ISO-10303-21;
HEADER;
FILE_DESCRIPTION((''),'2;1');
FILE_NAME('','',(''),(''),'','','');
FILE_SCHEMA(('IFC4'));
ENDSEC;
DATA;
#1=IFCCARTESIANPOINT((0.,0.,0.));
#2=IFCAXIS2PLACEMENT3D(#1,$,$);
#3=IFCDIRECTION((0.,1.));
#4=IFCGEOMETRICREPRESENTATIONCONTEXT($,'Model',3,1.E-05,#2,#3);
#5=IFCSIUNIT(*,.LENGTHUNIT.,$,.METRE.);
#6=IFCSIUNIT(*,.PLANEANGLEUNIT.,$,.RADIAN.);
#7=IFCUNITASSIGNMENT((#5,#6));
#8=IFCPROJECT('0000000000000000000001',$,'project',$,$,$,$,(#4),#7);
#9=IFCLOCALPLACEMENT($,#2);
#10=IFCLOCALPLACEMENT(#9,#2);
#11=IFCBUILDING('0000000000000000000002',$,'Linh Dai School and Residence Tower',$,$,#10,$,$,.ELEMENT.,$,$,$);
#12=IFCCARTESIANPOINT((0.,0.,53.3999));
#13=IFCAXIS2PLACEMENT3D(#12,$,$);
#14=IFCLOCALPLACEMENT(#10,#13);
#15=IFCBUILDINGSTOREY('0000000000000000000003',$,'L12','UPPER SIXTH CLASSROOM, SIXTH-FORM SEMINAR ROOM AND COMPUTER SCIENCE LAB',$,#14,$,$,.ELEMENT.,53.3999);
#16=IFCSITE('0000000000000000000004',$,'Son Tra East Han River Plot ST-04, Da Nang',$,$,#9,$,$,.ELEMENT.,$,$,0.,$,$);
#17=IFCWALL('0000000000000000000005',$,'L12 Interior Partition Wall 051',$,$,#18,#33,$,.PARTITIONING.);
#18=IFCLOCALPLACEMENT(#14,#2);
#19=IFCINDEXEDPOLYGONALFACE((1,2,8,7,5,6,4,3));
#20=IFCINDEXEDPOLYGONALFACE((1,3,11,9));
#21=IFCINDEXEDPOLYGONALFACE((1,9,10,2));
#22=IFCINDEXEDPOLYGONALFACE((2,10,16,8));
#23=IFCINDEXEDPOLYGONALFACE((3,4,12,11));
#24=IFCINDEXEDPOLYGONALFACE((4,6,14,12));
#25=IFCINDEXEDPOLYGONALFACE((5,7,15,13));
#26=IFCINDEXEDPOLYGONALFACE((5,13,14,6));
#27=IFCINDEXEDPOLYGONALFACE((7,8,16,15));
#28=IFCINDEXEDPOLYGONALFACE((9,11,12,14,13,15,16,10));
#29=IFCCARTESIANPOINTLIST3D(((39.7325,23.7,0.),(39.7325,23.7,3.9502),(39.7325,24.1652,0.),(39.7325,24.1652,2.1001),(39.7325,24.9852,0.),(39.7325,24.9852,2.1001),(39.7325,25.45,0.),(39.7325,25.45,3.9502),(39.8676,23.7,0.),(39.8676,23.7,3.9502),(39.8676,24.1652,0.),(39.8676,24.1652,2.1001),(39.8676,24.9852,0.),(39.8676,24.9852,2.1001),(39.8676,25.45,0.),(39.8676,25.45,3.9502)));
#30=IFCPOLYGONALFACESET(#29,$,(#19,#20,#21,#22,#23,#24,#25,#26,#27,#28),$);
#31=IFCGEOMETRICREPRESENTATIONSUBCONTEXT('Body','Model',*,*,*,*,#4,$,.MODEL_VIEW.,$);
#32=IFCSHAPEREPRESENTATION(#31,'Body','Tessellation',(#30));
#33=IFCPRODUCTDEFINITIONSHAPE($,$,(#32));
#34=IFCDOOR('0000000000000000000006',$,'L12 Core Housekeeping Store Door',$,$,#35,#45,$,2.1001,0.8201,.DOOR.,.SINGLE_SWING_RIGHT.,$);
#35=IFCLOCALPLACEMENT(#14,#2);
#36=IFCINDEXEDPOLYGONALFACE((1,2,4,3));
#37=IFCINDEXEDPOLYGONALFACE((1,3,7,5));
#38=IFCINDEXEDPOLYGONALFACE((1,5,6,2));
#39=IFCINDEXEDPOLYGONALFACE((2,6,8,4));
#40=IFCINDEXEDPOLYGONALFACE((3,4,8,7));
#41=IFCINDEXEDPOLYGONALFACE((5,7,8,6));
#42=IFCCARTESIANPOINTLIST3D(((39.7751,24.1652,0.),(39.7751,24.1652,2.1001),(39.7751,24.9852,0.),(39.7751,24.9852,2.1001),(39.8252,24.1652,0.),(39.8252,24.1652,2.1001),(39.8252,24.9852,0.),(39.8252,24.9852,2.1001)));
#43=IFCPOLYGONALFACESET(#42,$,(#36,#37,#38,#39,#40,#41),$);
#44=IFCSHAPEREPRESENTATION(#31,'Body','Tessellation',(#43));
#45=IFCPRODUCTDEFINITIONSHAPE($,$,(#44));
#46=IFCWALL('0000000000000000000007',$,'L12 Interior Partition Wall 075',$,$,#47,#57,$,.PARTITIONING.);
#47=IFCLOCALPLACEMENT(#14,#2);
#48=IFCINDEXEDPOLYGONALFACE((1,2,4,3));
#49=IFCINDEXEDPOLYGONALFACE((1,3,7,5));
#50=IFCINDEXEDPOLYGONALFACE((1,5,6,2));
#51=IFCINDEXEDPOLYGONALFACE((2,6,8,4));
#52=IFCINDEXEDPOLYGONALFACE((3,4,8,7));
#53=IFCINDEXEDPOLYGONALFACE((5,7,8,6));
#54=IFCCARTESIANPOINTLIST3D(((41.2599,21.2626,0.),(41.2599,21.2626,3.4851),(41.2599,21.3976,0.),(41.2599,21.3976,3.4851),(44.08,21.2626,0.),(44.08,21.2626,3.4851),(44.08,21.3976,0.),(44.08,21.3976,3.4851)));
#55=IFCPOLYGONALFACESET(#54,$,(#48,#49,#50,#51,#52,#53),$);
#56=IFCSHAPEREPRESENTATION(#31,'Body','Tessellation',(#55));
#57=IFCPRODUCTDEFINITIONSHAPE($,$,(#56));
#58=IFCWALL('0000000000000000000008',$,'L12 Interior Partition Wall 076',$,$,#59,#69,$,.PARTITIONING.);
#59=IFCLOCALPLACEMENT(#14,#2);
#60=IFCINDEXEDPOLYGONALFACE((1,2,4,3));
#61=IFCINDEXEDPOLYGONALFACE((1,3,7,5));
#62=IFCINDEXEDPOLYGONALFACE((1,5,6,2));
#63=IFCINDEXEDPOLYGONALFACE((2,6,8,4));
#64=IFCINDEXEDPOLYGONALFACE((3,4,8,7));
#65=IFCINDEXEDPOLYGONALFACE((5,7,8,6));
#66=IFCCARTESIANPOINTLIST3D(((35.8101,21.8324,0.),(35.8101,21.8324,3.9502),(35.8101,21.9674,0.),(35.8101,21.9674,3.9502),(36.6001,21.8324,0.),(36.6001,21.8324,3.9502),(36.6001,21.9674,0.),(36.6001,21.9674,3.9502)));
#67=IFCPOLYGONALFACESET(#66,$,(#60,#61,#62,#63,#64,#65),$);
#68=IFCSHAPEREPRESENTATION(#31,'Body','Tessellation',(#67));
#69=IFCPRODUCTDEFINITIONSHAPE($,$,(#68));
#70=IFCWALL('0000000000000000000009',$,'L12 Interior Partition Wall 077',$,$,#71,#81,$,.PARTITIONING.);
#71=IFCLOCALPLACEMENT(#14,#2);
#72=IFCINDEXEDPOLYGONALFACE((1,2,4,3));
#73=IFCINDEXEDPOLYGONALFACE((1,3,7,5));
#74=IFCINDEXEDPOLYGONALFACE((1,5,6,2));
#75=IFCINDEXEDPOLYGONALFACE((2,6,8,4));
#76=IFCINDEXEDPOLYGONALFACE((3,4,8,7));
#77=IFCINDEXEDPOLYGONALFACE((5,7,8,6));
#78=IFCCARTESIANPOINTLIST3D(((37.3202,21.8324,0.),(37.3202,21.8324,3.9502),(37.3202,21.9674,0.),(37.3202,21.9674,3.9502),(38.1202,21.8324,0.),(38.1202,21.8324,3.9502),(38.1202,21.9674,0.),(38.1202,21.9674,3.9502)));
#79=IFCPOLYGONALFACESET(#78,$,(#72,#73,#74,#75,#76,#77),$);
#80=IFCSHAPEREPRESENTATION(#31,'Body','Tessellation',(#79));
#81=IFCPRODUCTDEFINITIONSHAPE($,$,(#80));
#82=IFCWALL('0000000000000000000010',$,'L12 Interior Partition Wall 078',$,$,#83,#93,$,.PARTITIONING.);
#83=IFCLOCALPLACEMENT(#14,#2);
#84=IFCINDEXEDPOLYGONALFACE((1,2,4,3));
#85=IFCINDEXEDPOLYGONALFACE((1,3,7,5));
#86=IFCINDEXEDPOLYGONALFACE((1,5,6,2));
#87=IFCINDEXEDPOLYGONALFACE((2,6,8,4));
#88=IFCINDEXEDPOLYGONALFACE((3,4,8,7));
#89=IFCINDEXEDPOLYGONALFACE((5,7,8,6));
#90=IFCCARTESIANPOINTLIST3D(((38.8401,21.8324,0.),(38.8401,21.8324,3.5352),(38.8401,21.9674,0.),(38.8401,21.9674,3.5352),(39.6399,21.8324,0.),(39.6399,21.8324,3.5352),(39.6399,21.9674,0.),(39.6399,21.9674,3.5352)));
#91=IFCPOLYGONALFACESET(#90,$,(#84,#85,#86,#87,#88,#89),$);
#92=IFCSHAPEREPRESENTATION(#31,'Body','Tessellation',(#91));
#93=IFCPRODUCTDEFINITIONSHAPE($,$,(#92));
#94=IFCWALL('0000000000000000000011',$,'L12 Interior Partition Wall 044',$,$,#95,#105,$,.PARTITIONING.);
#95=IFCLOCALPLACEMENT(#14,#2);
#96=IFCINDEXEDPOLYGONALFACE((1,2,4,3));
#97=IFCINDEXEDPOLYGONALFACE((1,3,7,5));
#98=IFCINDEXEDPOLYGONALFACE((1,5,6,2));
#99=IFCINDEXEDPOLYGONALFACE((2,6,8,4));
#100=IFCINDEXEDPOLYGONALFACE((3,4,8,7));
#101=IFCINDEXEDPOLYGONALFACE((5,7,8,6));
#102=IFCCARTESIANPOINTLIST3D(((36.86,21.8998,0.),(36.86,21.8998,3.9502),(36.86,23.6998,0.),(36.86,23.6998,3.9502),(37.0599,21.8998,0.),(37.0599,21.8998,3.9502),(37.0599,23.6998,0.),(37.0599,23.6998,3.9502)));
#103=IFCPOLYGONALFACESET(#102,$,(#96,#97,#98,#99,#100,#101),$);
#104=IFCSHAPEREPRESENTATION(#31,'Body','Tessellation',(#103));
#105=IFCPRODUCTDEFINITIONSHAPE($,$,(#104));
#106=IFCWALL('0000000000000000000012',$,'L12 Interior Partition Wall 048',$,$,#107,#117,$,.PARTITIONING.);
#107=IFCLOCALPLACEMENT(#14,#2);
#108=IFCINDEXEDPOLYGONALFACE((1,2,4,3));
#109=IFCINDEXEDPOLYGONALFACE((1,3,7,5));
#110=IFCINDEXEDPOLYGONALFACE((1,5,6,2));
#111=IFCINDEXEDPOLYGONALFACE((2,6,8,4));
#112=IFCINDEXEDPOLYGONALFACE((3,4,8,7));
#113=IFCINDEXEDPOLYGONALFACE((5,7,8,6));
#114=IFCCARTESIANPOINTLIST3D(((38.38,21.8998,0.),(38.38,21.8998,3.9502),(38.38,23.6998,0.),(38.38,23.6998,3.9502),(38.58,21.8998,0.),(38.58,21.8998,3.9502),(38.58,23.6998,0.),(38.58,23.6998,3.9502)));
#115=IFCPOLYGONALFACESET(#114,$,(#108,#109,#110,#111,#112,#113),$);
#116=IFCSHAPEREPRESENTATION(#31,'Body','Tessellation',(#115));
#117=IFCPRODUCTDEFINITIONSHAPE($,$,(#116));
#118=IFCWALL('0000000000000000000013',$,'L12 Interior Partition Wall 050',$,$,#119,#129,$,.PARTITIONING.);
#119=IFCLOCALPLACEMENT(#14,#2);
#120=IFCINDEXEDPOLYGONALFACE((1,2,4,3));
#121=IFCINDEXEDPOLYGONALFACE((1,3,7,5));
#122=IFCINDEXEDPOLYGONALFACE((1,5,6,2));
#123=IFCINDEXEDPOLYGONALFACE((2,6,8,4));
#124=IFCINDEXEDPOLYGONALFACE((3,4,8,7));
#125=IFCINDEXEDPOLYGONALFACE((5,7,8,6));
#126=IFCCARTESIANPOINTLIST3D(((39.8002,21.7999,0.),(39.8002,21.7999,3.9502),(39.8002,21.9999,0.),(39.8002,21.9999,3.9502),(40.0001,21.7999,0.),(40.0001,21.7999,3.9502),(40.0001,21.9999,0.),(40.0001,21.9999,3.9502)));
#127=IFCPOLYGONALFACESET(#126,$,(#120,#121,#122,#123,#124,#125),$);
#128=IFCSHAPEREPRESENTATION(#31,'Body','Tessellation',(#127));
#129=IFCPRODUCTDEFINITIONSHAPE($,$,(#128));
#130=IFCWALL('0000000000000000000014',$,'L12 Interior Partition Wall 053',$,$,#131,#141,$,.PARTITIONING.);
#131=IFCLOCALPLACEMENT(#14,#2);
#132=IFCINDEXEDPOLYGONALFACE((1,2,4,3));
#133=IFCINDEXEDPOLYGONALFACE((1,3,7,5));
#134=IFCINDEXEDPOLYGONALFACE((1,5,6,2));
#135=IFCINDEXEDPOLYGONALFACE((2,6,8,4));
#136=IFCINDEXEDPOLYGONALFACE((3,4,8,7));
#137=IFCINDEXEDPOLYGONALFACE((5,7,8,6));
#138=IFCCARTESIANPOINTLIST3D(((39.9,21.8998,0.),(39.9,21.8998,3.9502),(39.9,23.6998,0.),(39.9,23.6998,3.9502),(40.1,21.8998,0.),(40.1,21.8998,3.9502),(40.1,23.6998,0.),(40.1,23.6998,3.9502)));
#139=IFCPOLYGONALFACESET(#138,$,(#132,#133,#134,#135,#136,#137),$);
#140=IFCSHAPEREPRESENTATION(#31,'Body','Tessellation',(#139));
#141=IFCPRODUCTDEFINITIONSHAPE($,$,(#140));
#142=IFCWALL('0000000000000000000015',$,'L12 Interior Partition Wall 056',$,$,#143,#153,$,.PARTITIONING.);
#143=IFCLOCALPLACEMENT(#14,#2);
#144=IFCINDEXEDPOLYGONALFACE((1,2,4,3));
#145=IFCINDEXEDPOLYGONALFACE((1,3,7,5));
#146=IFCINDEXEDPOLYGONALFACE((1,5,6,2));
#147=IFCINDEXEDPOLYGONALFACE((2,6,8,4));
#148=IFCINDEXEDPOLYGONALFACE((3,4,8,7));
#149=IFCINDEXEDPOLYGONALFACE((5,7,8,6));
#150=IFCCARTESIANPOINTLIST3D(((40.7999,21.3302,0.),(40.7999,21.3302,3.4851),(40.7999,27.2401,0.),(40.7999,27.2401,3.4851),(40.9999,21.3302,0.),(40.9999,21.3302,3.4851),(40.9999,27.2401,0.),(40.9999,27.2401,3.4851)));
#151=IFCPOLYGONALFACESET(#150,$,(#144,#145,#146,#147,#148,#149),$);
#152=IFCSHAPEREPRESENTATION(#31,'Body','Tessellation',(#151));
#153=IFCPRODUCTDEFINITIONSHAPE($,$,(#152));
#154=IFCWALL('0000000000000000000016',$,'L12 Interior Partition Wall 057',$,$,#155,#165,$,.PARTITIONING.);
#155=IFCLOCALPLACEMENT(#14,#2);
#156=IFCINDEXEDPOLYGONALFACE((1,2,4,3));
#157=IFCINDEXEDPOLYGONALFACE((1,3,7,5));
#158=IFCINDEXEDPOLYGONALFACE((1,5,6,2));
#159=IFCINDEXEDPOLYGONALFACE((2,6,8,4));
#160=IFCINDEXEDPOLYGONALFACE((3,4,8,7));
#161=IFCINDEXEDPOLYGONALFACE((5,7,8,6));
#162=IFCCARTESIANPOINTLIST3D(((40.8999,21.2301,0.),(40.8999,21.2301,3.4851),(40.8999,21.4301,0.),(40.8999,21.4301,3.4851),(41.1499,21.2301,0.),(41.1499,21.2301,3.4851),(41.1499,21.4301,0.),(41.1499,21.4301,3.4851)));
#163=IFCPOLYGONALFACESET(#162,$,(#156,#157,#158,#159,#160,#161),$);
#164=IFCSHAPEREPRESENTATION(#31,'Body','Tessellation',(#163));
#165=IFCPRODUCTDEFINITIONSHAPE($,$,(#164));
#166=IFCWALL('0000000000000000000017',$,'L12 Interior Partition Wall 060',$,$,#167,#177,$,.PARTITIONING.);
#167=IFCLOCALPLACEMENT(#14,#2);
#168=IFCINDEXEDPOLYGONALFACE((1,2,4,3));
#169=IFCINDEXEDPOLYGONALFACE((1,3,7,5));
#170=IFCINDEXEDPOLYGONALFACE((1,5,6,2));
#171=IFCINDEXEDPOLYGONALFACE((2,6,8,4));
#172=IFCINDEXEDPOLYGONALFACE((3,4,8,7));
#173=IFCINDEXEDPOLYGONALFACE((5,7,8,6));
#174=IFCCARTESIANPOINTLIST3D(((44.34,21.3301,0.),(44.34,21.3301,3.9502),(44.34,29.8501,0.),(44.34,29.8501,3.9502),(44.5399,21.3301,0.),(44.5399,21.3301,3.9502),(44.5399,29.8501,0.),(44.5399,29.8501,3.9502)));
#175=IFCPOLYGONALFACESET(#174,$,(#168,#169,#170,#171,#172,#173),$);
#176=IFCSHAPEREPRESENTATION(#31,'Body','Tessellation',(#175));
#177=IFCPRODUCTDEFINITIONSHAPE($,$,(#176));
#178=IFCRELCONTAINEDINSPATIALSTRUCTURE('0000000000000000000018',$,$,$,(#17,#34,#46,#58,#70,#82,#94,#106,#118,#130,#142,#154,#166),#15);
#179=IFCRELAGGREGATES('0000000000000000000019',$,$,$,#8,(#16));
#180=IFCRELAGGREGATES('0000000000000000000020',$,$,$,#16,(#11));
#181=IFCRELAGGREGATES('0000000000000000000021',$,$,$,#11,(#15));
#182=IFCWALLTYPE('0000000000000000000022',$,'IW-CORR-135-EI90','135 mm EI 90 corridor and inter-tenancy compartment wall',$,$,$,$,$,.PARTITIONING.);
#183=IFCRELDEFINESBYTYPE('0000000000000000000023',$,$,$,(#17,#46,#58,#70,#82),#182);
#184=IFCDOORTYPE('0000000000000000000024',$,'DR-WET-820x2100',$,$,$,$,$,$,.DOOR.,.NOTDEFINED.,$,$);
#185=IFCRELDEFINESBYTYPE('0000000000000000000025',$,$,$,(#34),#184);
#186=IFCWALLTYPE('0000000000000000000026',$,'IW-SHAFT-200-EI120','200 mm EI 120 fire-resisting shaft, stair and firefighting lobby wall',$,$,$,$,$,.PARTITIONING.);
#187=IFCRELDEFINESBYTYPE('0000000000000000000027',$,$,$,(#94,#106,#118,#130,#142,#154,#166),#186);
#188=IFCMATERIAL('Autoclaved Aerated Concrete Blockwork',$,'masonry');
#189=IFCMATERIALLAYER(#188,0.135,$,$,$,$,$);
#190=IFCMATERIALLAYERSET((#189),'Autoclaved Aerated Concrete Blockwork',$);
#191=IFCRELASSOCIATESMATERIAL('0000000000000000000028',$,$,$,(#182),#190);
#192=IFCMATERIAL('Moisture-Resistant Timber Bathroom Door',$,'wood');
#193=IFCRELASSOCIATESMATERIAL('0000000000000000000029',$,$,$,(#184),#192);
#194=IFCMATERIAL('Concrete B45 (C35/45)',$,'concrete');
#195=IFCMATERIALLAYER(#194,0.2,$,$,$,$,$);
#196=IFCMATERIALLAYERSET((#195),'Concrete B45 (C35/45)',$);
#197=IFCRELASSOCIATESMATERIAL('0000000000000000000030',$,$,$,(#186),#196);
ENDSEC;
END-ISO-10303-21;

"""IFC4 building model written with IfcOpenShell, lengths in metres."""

from ifc_helpers import new_model, si_unit, direction, frame, frame_2d, origin, origin_2d, place, context, subcontext, project, spatial, rectangle, extrude, source, transform, mapped, material, layer, layer_set, type_object, element, fill, save


model = new_model("IFC4")

# Units and contexts
model_context = context("Model", 3, precision=1e-05, world=origin(), true_north=direction((0.0, 1.0)))
body_context = subcontext(model_context, "Body", "Model", "MODEL_VIEW")
ifc_project = project(units=[si_unit("LENGTHUNIT", "METRE"), si_unit("PLANEANGLEUNIT", "RADIAN")], contexts=[model_context])

# Site, building, storey
site_placement = place(None, origin())
site = spatial("IfcSite", under=ifc_project, at=site_placement, Name="Son Tra East Han River Plot ST-04, Da Nang", CompositionType="ELEMENT", RefElevation=0.0)
building_placement = place(site_placement, origin())
building = spatial("IfcBuilding", under=site, at=building_placement, Name="Linh Dai School and Residence Tower", CompositionType="ELEMENT")
storey_placement = place(building_placement, frame((0.0, 0.0, 53.3999)))
storey = spatial("IfcBuildingStorey", under=building, at=storey_placement, Name="L12", Description="UPPER SIXTH CLASSROOM, SIXTH-FORM SEMINAR ROOM AND COMPUTER SCIENCE LAB", CompositionType="ELEMENT", Elevation=53.3999)

# Wall, opening, door
ifc_material_1 = material(Name="Autoclaved Aerated Concrete Blockwork", Category="masonry")
ifc_layer_1 = layer(ifc_material_1, 0.135)
ifc_layer_set_1 = layer_set([ifc_layer_1], Name="Autoclaved Aerated Concrete Blockwork")
wall_type_1 = type_object("IfcWallType", Name="IW-CORR-135-EI90", Description="135 mm EI 90 corridor and inter-tenancy compartment wall", PredefinedType="PARTITIONING", material=ifc_layer_set_1)
wall_1_placement = place(storey_placement, frame((39.8, 23.7, 0.0), z_axis=(0.0, 0.0, 1.0), x_axis=(0.0, 1.0, 0.0)))
wall_1 = element("IfcWall", 1, at=wall_1_placement, inside=storey, type_object=wall_type_1, Name="L12 Interior Partition Wall 051", PredefinedType="PARTITIONING", context=body_context, shape_type="SweptSolid", body=[
    extrude(rectangle(XDim=1.75, YDim=0.135, at=frame_2d((0.875, 0.0))), origin(), (0.0, 0.0, 1.0), 3.9502),
])
opening_placement = place(wall_1_placement, frame((0.4651, 0.0, 0.0)))
opening = element("IfcOpeningElement", 2, at=opening_placement, cuts=wall_1, PredefinedType="OPENING", context=body_context, shape_type="SweptSolid", body=[
    extrude(rectangle(XDim=0.8201, YDim=2.1001, at=origin_2d()), frame((0.4102, 0.0776, 1.05), z_axis=(0.0, -1.0, 0.0), x_axis=(1.0, 0.0, 0.0)), (0.0, 0.0, 1.0), 0.155),
])
ifc_material_2 = material(Name="Moisture-Resistant Timber Bathroom Door", Category="wood")
door_type = type_object("IfcDoorType", Name="DR-WET-820x2100", OperationType="NOTDEFINED", PredefinedType="DOOR", material=ifc_material_2)
shared_shape_1 = source(origin(), body_context, "Body", "SweptSolid", [
    extrude(rectangle(XDim=0.8201, YDim=2.1001, at=origin_2d()), frame((0.4102, 0.0249, 1.05), z_axis=(0.0, -1.0, 0.0), x_axis=(1.0, 0.0, 0.0)), (0.0, 0.0, 1.0), 0.05),
])
door_placement = place(opening_placement, origin())
door = element("IfcDoor", 3, at=door_placement, inside=storey, type_object=door_type, Name="L12 Core Housekeeping Store Door", OperationType="SINGLE_SWING_RIGHT", OverallHeight=2.1001, OverallWidth=0.8201, PredefinedType="DOOR", context=body_context, shape_type="MappedRepresentation", body=[
    mapped(shared_shape_1, transform((0.0, 0.0, 0.0), x_axis=(1.0, 0.0, 0.0), y_axis=(0.0, 1.0, 0.0), z_axis=(0.0, 0.0, 1.0), scale=1.0)),
])
fill(opening, door)

# Walls
wall_2_placement = place(storey_placement, frame((44.0801, 21.3301, 0.0), z_axis=(0.0, 0.0, 1.0), x_axis=(-1.0, 0.0, 0.0)))
element("IfcWall", 4, at=wall_2_placement, inside=storey, type_object=wall_type_1, Name="L12 Interior Partition Wall 075", PredefinedType="PARTITIONING", context=body_context, shape_type="SweptSolid", body=[
    extrude(rectangle(XDim=2.8201, YDim=0.135, at=frame_2d((1.4102, 0.0))), origin(), (0.0, 0.0, 1.0), 3.4851),
])
wall_3_placement = place(storey_placement, frame((36.6001, 21.8999, 0.0), z_axis=(0.0, 0.0, 1.0), x_axis=(-1.0, 0.0, 0.0)))
element("IfcWall", 5, at=wall_3_placement, inside=storey, type_object=wall_type_1, Name="L12 Interior Partition Wall 076", PredefinedType="PARTITIONING", context=body_context, shape_type="SweptSolid", body=[
    extrude(rectangle(XDim=0.79, YDim=0.135, at=frame_2d((0.395, 0.0))), origin(), (0.0, 0.0, 1.0), 3.9502),
])
wall_4_placement = place(storey_placement, frame((38.1201, 21.8999, 0.0), z_axis=(0.0, 0.0, 1.0), x_axis=(-1.0, 0.0, 0.0)))
element("IfcWall", 6, at=wall_4_placement, inside=storey, type_object=wall_type_1, Name="L12 Interior Partition Wall 077", PredefinedType="PARTITIONING", context=body_context, shape_type="SweptSolid", body=[
    extrude(rectangle(XDim=0.8, YDim=0.135, at=frame_2d((0.3999, 0.0))), origin(), (0.0, 0.0, 1.0), 3.9502),
])
wall_5_placement = place(storey_placement, frame((39.6399, 21.8999, 0.0), z_axis=(0.0, 0.0, 1.0), x_axis=(-1.0, 0.0, 0.0)))
element("IfcWall", 7, at=wall_5_placement, inside=storey, type_object=wall_type_1, Name="L12 Interior Partition Wall 078", PredefinedType="PARTITIONING", context=body_context, shape_type="SweptSolid", body=[
    extrude(rectangle(XDim=0.7998, YDim=0.135, at=frame_2d((0.3999, 0.0))), origin(), (0.0, 0.0, 1.0), 3.5352),
])
ifc_material_3 = material(Name="Concrete B45 (C35/45)", Category="concrete")
ifc_layer_2 = layer(ifc_material_3, 0.2)
ifc_layer_set_2 = layer_set([ifc_layer_2], Name="Concrete B45 (C35/45)")
wall_type_2 = type_object("IfcWallType", Name="IW-SHAFT-200-EI120", Description="200 mm EI 120 fire-resisting shaft, stair and firefighting lobby wall", PredefinedType="PARTITIONING", material=ifc_layer_set_2)
for number, where, z_axis, x_axis, name in (
    (8, (36.96, 21.8999, 0.0), (0.0, 0.0, 1.0), (0.0, 1.0, 0.0), "L12 Interior Partition Wall 044"),
    (9, (38.48, 21.8999, 0.0), (0.0, 0.0, 1.0), (0.0, 1.0, 0.0), "L12 Interior Partition Wall 048"),
):
    element("IfcWall", number, at=place(storey_placement, frame(where, z_axis=z_axis, x_axis=x_axis)), inside=storey, type_object=wall_type_2, Name=name, PredefinedType="PARTITIONING", context=body_context, shape_type="SweptSolid", body=[
        extrude(rectangle(XDim=1.8, YDim=0.2, at=frame_2d((0.8999, 0.0))), origin(), (0.0, 0.0, 1.0), 3.9502),
    ])
wall_6_placement = place(storey_placement, frame((39.8, 21.8999, 0.0), z_axis=(0.0, 0.0, 1.0), x_axis=(1.0, 0.0, 0.0)))
element("IfcWall", 10, at=wall_6_placement, inside=storey, type_object=wall_type_2, Name="L12 Interior Partition Wall 050", PredefinedType="PARTITIONING", context=body_context, shape_type="SweptSolid", body=[
    extrude(rectangle(XDim=0.2, YDim=0.2, at=frame_2d((0.1001, 0.0))), origin(), (0.0, 0.0, 1.0), 3.9502),
])
wall_7_placement = place(storey_placement, frame((40.0, 21.8999, 0.0), z_axis=(0.0, 0.0, 1.0), x_axis=(0.0, 1.0, 0.0)))
element("IfcWall", 11, at=wall_7_placement, inside=storey, type_object=wall_type_2, Name="L12 Interior Partition Wall 053", PredefinedType="PARTITIONING", context=body_context, shape_type="SweptSolid", body=[
    extrude(rectangle(XDim=1.8, YDim=0.2, at=frame_2d((0.8999, 0.0))), origin(), (0.0, 0.0, 1.0), 3.9502),
])
wall_8_placement = place(storey_placement, frame((40.8999, 21.3301, 0.0), z_axis=(0.0, 0.0, 1.0), x_axis=(0.0, 1.0, 0.0)))
element("IfcWall", 12, at=wall_8_placement, inside=storey, type_object=wall_type_2, Name="L12 Interior Partition Wall 056", PredefinedType="PARTITIONING", context=body_context, shape_type="SweptSolid", body=[
    extrude(rectangle(XDim=5.9099, YDim=0.2, at=frame_2d((2.9551, 0.0))), origin(), (0.0, 0.0, 1.0), 3.4851),
])
wall_9_placement = place(storey_placement, frame((40.8999, 21.3301, 0.0), z_axis=(0.0, 0.0, 1.0), x_axis=(1.0, 0.0, 0.0)))
element("IfcWall", 13, at=wall_9_placement, inside=storey, type_object=wall_type_2, Name="L12 Interior Partition Wall 057", PredefinedType="PARTITIONING", context=body_context, shape_type="SweptSolid", body=[
    extrude(rectangle(XDim=0.25, YDim=0.2, at=frame_2d((0.125, 0.0))), origin(), (0.0, 0.0, 1.0), 3.4851),
])
wall_10_placement = place(storey_placement, frame((44.4399, 21.3301, 0.0), z_axis=(0.0, 0.0, 1.0), x_axis=(0.0, 1.0, 0.0)))
element("IfcWall", 14, at=wall_10_placement, inside=storey, type_object=wall_type_2, Name="L12 Interior Partition Wall 060", PredefinedType="PARTITIONING", context=body_context, shape_type="SweptSolid", body=[
    extrude(rectangle(XDim=8.52, YDim=0.2, at=frame_2d((4.26, 0.0))), origin(), (0.0, 0.0, 1.0), 3.9502),
])

save(model, "model.ifc")
